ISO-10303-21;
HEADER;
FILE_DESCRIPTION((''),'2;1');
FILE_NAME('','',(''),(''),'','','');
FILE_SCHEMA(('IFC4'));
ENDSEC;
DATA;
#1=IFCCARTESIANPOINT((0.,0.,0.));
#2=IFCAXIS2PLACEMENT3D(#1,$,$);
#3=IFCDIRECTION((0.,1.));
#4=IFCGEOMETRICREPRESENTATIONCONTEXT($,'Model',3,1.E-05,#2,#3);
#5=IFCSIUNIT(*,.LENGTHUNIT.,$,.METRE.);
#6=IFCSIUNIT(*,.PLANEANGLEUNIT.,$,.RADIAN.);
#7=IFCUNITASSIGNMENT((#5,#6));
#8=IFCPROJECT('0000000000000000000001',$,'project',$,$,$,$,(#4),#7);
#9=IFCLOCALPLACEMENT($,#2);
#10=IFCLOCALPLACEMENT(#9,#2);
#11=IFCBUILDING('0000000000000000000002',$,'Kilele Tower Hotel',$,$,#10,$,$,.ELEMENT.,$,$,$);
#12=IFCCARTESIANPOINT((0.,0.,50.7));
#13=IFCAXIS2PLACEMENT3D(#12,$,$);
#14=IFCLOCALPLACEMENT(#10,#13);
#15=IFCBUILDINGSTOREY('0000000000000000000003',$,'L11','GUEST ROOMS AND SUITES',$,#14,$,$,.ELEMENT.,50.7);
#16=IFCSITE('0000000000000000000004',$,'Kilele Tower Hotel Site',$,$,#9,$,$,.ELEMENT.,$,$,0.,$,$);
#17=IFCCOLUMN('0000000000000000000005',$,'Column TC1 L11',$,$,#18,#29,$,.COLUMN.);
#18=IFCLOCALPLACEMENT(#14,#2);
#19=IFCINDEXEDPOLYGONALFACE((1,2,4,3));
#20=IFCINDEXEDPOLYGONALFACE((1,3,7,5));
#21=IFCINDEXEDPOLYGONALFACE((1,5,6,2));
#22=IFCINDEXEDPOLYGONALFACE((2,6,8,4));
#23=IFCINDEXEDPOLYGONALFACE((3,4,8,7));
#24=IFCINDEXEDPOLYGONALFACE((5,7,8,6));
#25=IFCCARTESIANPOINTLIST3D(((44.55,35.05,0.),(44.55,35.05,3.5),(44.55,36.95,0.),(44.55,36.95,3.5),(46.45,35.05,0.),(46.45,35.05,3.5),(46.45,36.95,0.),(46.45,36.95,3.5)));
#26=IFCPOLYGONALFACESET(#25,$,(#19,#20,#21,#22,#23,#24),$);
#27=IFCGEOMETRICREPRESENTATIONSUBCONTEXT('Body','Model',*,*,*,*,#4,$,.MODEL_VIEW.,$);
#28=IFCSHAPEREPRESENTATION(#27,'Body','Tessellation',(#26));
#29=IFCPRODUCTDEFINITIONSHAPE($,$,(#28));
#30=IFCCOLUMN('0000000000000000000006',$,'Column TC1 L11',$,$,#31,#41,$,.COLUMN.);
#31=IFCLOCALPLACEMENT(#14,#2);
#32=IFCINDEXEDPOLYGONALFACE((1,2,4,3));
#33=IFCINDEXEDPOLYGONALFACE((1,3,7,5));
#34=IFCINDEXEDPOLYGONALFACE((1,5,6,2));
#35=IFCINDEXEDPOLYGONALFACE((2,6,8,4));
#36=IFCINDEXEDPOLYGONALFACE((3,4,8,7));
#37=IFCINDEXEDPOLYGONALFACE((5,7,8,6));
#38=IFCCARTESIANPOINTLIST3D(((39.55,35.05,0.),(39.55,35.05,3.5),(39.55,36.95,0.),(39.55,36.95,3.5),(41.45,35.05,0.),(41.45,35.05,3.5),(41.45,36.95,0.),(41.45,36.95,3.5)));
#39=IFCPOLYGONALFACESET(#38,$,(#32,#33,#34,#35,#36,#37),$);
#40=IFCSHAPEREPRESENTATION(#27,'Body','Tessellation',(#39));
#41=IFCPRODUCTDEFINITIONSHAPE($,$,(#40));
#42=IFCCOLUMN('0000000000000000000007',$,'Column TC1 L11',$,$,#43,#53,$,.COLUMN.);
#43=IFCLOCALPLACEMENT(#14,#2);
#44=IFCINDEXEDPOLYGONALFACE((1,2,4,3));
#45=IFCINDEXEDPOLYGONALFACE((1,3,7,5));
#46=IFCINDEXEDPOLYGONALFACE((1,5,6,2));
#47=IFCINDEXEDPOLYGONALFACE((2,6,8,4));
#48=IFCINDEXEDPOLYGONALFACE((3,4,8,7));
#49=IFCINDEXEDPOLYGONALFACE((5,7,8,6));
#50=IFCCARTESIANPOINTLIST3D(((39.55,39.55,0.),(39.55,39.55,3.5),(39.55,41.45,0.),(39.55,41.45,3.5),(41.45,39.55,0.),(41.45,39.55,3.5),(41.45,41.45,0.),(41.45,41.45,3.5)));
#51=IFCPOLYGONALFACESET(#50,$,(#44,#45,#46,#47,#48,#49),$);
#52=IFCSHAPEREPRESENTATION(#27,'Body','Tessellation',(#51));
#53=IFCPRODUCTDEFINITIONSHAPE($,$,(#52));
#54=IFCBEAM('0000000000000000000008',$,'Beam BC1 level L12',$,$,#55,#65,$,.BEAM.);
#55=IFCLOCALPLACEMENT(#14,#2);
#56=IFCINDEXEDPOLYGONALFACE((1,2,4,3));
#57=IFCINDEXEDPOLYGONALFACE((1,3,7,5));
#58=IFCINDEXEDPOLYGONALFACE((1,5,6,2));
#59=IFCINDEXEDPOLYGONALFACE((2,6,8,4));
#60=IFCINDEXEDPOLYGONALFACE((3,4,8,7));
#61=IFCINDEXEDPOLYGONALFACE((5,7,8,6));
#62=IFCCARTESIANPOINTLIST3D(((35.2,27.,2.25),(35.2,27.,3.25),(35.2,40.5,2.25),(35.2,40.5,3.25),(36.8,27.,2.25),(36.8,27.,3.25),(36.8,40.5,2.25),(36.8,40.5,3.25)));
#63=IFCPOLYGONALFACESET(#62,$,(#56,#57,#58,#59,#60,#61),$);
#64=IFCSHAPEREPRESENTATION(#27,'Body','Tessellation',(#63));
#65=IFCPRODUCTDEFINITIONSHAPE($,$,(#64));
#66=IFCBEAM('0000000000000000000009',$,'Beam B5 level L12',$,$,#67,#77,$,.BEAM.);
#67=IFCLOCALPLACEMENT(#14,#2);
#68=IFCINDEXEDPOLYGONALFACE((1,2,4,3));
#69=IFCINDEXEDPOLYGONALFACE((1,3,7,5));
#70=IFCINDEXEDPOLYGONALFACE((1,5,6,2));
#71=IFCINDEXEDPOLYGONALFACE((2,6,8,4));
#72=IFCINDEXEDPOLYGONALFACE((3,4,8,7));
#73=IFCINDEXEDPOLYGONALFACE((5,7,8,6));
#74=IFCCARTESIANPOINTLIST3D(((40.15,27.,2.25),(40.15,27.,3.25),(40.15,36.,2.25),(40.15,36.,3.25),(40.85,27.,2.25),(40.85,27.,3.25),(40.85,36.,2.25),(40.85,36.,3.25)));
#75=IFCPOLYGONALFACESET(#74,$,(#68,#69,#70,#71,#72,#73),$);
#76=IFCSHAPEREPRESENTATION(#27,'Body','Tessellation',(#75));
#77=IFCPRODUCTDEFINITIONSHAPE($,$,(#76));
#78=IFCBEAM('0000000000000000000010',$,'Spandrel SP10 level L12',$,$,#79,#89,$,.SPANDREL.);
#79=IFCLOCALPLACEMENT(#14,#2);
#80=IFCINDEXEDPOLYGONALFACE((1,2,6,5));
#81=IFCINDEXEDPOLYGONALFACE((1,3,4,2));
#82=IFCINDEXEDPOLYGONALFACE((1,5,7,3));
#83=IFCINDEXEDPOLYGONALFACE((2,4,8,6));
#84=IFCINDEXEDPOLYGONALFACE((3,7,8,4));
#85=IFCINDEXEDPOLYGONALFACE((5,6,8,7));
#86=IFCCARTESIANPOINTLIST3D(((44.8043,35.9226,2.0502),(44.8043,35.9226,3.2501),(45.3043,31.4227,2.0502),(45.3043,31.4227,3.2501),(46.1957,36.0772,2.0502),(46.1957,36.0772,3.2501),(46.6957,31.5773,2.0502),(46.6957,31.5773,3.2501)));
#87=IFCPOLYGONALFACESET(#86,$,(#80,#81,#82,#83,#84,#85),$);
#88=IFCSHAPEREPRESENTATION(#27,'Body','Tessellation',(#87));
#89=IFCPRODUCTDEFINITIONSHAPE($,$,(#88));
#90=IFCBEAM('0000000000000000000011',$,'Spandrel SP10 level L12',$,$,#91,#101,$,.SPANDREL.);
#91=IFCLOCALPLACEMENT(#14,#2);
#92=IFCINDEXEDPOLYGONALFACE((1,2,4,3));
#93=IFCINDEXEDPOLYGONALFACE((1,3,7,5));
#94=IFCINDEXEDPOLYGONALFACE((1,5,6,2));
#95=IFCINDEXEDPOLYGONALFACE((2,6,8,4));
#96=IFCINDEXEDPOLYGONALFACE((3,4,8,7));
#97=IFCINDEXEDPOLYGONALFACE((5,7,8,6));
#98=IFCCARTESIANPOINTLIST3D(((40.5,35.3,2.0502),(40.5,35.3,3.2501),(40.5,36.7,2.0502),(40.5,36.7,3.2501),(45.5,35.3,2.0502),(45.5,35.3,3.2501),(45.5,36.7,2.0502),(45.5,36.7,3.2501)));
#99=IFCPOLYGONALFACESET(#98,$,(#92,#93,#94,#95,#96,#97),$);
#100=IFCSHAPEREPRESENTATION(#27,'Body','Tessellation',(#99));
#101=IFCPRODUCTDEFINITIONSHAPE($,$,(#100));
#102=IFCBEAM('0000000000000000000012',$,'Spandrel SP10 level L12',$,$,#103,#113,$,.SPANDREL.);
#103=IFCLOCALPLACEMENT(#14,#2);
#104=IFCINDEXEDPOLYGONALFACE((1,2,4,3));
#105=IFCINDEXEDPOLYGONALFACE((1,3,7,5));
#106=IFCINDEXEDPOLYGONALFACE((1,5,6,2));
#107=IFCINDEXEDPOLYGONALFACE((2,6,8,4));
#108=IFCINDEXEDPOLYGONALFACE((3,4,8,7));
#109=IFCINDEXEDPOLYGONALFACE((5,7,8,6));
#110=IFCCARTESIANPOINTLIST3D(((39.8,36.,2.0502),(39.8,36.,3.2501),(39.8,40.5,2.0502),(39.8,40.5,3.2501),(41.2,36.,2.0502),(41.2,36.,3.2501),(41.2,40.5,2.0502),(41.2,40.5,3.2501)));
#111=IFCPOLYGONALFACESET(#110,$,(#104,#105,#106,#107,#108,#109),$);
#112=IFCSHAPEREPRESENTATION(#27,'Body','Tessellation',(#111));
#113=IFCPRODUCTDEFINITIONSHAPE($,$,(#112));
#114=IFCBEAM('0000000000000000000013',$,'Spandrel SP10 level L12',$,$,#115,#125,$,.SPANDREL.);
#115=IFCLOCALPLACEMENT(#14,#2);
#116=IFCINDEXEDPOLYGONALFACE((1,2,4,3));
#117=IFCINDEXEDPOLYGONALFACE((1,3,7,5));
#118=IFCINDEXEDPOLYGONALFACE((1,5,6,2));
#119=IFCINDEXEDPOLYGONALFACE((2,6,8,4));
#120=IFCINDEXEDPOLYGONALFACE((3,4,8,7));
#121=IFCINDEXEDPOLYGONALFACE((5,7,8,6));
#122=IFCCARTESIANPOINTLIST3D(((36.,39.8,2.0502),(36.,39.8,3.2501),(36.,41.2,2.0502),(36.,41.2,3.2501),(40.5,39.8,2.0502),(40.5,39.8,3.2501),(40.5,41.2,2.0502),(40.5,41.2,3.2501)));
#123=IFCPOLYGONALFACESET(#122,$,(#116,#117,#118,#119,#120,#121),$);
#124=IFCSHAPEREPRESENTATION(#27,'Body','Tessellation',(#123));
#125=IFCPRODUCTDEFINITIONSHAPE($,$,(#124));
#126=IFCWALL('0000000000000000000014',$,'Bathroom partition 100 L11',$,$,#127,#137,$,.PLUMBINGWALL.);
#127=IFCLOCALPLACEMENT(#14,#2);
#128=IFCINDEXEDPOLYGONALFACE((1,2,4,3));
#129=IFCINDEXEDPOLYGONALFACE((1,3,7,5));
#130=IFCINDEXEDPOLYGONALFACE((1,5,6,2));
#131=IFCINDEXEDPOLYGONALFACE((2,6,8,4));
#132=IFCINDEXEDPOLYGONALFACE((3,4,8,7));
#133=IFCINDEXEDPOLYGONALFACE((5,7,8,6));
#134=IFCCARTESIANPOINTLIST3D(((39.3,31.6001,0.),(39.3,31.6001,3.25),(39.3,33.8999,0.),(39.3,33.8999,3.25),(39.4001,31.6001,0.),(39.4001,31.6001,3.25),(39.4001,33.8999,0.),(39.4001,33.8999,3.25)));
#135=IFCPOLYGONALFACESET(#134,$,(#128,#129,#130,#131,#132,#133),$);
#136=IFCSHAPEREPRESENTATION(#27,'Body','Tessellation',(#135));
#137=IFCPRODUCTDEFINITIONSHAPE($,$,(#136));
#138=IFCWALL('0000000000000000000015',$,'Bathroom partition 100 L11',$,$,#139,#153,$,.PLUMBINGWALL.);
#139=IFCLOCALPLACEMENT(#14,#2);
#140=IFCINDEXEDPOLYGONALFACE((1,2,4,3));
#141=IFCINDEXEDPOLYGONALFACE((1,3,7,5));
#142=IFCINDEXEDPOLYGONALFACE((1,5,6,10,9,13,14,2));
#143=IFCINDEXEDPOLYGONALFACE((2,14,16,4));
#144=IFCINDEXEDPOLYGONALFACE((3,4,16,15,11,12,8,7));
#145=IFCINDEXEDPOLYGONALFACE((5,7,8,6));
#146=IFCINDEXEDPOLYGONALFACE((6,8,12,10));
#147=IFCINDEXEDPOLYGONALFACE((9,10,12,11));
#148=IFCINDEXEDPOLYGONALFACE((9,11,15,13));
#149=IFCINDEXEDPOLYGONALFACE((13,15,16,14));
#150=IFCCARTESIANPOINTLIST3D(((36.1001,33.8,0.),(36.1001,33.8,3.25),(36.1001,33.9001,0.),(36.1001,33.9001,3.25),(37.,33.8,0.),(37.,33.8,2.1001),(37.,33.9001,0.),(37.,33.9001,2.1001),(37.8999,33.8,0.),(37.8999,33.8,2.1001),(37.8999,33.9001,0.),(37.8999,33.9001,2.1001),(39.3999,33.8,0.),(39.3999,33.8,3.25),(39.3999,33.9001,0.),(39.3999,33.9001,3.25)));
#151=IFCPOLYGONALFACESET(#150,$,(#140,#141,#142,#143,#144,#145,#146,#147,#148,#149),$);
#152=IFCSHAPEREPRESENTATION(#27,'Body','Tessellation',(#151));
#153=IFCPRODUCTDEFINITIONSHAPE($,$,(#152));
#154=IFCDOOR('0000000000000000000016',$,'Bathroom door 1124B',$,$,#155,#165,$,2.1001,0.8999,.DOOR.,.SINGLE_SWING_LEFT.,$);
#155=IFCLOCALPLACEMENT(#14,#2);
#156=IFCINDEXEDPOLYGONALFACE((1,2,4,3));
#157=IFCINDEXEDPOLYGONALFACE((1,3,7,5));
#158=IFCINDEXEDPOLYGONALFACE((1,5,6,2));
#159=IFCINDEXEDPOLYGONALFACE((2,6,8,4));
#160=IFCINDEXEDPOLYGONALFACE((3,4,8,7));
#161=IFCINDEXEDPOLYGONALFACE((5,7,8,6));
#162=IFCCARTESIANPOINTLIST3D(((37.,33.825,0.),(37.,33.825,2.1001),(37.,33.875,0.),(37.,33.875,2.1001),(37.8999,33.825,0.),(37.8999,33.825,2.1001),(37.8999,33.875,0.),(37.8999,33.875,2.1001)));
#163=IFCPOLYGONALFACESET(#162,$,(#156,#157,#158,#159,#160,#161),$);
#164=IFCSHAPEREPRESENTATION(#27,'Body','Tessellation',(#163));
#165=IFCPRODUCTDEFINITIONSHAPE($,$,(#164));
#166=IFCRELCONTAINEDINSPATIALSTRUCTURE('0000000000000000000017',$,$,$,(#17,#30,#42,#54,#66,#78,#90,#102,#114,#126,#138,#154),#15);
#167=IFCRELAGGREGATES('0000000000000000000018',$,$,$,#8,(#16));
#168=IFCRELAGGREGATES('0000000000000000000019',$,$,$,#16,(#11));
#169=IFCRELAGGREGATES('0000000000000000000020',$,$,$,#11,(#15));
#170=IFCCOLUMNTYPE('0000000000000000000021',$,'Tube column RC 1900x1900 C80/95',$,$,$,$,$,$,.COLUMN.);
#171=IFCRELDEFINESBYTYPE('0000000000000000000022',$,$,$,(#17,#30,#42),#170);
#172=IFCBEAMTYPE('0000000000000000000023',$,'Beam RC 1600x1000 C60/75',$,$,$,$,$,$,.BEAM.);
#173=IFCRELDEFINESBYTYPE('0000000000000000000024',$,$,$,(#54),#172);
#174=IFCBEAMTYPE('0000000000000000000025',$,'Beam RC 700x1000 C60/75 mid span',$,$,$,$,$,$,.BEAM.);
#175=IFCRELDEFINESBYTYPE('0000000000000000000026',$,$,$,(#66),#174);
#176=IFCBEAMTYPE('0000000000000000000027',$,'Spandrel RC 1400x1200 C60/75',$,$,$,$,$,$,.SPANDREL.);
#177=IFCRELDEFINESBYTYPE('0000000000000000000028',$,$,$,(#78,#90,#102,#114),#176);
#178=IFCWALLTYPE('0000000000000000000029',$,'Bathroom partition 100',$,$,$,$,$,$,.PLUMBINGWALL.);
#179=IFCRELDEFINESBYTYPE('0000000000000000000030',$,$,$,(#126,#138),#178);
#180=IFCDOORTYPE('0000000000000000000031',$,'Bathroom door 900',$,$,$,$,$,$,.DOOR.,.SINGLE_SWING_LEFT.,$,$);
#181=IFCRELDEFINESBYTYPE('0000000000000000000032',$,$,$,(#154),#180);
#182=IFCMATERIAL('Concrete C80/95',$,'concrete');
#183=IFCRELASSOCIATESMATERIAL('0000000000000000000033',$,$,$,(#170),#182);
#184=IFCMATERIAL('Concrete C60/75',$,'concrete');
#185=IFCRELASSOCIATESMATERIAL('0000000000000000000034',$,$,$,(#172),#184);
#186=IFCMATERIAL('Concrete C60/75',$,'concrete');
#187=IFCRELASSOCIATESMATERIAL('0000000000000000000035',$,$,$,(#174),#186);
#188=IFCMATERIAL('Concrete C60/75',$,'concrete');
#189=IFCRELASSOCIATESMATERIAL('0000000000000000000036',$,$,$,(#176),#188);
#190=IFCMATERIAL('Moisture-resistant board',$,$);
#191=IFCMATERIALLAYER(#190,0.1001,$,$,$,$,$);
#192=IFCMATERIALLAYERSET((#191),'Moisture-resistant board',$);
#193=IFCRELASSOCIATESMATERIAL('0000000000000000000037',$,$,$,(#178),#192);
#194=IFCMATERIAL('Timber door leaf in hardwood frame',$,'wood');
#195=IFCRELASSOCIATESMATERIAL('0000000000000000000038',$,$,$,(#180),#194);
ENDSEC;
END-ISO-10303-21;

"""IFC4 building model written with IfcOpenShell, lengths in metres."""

from ifc_helpers import new_model, si_unit, direction, frame, frame_2d, origin, origin_2d, place, context, subcontext, project, spatial, rectangle, extrude, material, layer, layer_set, material_profile, profile_set, type_object, element, fill, save


model = new_model("IFC4")

# Units and contexts
model_context = context("Model", 3, precision=1e-05, world=origin(), true_north=direction((0.0, 1.0)))
body_context = subcontext(model_context, "Body", "Model", "MODEL_VIEW")
ifc_project = project(units=[si_unit("LENGTHUNIT", "METRE"), si_unit("PLANEANGLEUNIT", "RADIAN")], contexts=[model_context])

# Site, building, storey
site_placement = place(None, origin())
site = spatial("IfcSite", under=ifc_project, at=site_placement, Name="Kilele Tower Hotel Site", CompositionType="ELEMENT", RefElevation=0.0)
building_placement = place(site_placement, origin())
building = spatial("IfcBuilding", under=site, at=building_placement, Name="Kilele Tower Hotel", CompositionType="ELEMENT")
storey_placement = place(building_placement, frame((0.0, 0.0, 50.7)))
storey = spatial("IfcBuildingStorey", under=building, at=storey_placement, Name="L11", Description="GUEST ROOMS AND SUITES", CompositionType="ELEMENT", Elevation=50.7)

# Columns
ifc_material_1 = material(Name="Concrete C80/95", Category="concrete")
ifc_material_profile_1 = material_profile(ifc_material_1, rectangle(XDim=1.8999, YDim=1.8999, at=origin_2d()))
ifc_profile_set_1 = profile_set([ifc_material_profile_1], Name="Concrete C80/95")
column_type = type_object("IfcColumnType", Name="Tube column RC 1900x1900 C80/95", PredefinedType="COLUMN", material=ifc_profile_set_1)
for number, where, z_axis, x_axis, name in (
    (1, (45.5, 36.0, 0.0), (0.0, 0.0, 1.0), (1.0, 0.0, 0.0), "Column TC1 L11"),
    (2, (40.5, 36.0, 0.0), (0.0, 0.0, 1.0), (1.0, 0.0, 0.0), "Column TC1 L11"),
    (3, (40.5, 40.5, 0.0), (0.0, 0.0, 1.0), (1.0, 0.0, 0.0), "Column TC1 L11"),
):
    element("IfcColumn", number, at=place(storey_placement, frame(where, z_axis=z_axis, x_axis=x_axis)), inside=storey, type_object=column_type, Name=name, PredefinedType="COLUMN", context=body_context, shape_type="SweptSolid", body=[
        extrude(rectangle(XDim=1.8999, YDim=1.8999, at=origin_2d()), origin(), (0.0, 0.0, 1.0), 3.5),
    ])

# Beams
ifc_material_2 = material(Name="Concrete C60/75", Category="concrete")
ifc_material_profile_2 = material_profile(ifc_material_2, rectangle(XDim=1.6001, YDim=1.0, at=origin_2d()))
ifc_profile_set_2 = profile_set([ifc_material_profile_2], Name="Concrete C60/75")
beam_type_1 = type_object("IfcBeamType", Name="Beam RC 1600x1000 C60/75", PredefinedType="BEAM", material=ifc_profile_set_2)
beam_1_placement = place(storey_placement, frame((36.0, 40.5, 2.75), z_axis=(0.0, -1.0, 0.0), x_axis=(1.0, 0.0, 0.0)))
element("IfcBeam", 4, at=beam_1_placement, inside=storey, type_object=beam_type_1, Name="Beam BC1 level L12", PredefinedType="BEAM", context=body_context, shape_type="SweptSolid", body=[
    extrude(rectangle(XDim=1.6001, YDim=1.0, at=origin_2d()), origin(), (0.0, 0.0, 1.0), 13.5),
])
ifc_material_3 = material(Name="Concrete C60/75", Category="concrete")
ifc_material_profile_3 = material_profile(ifc_material_3, rectangle(XDim=0.7, YDim=1.0, at=origin_2d()))
ifc_profile_set_3 = profile_set([ifc_material_profile_3], Name="Concrete C60/75")
beam_type_2 = type_object("IfcBeamType", Name="Beam RC 700x1000 C60/75 mid span", PredefinedType="BEAM", material=ifc_profile_set_3)
beam_2_placement = place(storey_placement, frame((40.5, 36.0, 2.75), z_axis=(0.0, -1.0, 0.0), x_axis=(1.0, 0.0, 0.0)))
element("IfcBeam", 5, at=beam_2_placement, inside=storey, type_object=beam_type_2, Name="Beam B5 level L12", PredefinedType="BEAM", context=body_context, shape_type="SweptSolid", body=[
    extrude(rectangle(XDim=0.7, YDim=1.0, at=origin_2d()), origin(), (0.0, 0.0, 1.0), 9.0),
])
ifc_material_4 = material(Name="Concrete C60/75", Category="concrete")
ifc_material_profile_4 = material_profile(ifc_material_4, rectangle(XDim=1.3999, YDim=1.2, at=origin_2d()))
ifc_profile_set_4 = profile_set([ifc_material_profile_4], Name="Concrete C60/75")
beam_type_3 = type_object("IfcBeamType", Name="Spandrel RC 1400x1200 C60/75", PredefinedType="SPANDREL", material=ifc_profile_set_4)
beam_3_placement = place(storey_placement, frame((46.0, 31.5, 2.6501), z_axis=(-0.110432, 0.993884, 0.0), x_axis=(-0.993884, -0.110432, 0.0)))
element("IfcBeam", 6, at=beam_3_placement, inside=storey, type_object=beam_type_3, Name="Spandrel SP10 level L12", PredefinedType="SPANDREL", context=body_context, shape_type="SweptSolid", body=[
    extrude(rectangle(XDim=1.3999, YDim=1.2, at=origin_2d()), origin(), (0.0, 0.0, 1.0), 4.5276),
])
beam_4_placement = place(storey_placement, frame((45.5, 36.0, 2.6501), z_axis=(-1.0, 0.0, 0.0), x_axis=(0.0, -1.0, 0.0)))
element("IfcBeam", 7, at=beam_4_placement, inside=storey, type_object=beam_type_3, Name="Spandrel SP10 level L12", PredefinedType="SPANDREL", context=body_context, shape_type="SweptSolid", body=[
    extrude(rectangle(XDim=1.3999, YDim=1.2, at=origin_2d()), origin(), (0.0, 0.0, 1.0), 5.0),
])
for number, where, z_axis, x_axis, name in (
    (8, (40.5, 36.0, 2.6501), (0.0, 1.0, 0.0), (-1.0, 0.0, 0.0), "Spandrel SP10 level L12"),
    (9, (40.5, 40.5, 2.6501), (-1.0, 0.0, 0.0), (0.0, -1.0, 0.0), "Spandrel SP10 level L12"),
):
    element("IfcBeam", number, at=place(storey_placement, frame(where, z_axis=z_axis, x_axis=x_axis)), inside=storey, type_object=beam_type_3, Name=name, PredefinedType="SPANDREL", context=body_context, shape_type="SweptSolid", body=[
        extrude(rectangle(XDim=1.3999, YDim=1.2, at=origin_2d()), origin(), (0.0, 0.0, 1.0), 4.5),
    ])

# Wall
ifc_material_5 = material(Name="Moisture-resistant board")
ifc_layer_1 = layer(ifc_material_5, 0.1001)
ifc_layer_set_1 = layer_set([ifc_layer_1], Name="Moisture-resistant board")
wall_type_1 = type_object("IfcWallType", Name="Bathroom partition 100", PredefinedType="PLUMBINGWALL", material=ifc_layer_set_1)
wall_1_placement = place(storey_placement, frame((39.3501, 31.6001, 0.0), z_axis=(0.0, 0.0, 1.0), x_axis=(0.0, 1.0, 0.0)))
element("IfcWall", 10, at=wall_1_placement, inside=storey, type_object=wall_type_1, Name="Bathroom partition 100 L11", PredefinedType="PLUMBINGWALL", context=body_context, shape_type="SweptSolid", body=[
    extrude(rectangle(XDim=2.2998, YDim=0.1001, at=frame_2d((1.1499, 0.0))), origin(), (0.0, 0.0, 1.0), 3.25),
])

# Wall, opening, door
wall_2_placement = place(storey_placement, frame((36.1001, 33.8501, 0.0), z_axis=(0.0, 0.0, 1.0), x_axis=(1.0, 0.0, 0.0)))
wall_2 = element("IfcWall", 11, at=wall_2_placement, inside=storey, type_object=wall_type_1, Name="Bathroom partition 100 L11", PredefinedType="PLUMBINGWALL", context=body_context, shape_type="SweptSolid", body=[
    extrude(rectangle(XDim=3.2998, YDim=0.1001, at=frame_2d((1.6499, 0.0))), origin(), (0.0, 0.0, 1.0), 3.25),
])
opening_1_placement = place(wall_2_placement, frame((0.8999, 0.0, 0.0)))
opening_1 = element("IfcOpeningElement", 12, at=opening_1_placement, cuts=wall_2, PredefinedType="OPENING", context=body_context, shape_type="SweptSolid", body=[
    extrude(rectangle(XDim=0.8999, YDim=2.1001, at=frame_2d((0.45, 1.05))), frame((0.0, 0.0601, 0.0), z_axis=(0.0, -1.0, 0.0), x_axis=(1.0, 0.0, 0.0)), (0.0, 0.0, 1.0), 0.1201),
])
ifc_material_6 = material(Name="Timber door leaf in hardwood frame", Category="wood")
door_type_1 = type_object("IfcDoorType", Name="Bathroom door 900", OperationType="SINGLE_SWING_LEFT", PredefinedType="DOOR", material=ifc_material_6)
door_1_placement = place(opening_1_placement, origin())
door_1 = element("IfcDoor", 13, at=door_1_placement, inside=storey, type_object=door_type_1, Name="Bathroom door 1124B", OperationType="SINGLE_SWING_LEFT", OverallHeight=2.1001, OverallWidth=0.8999, PredefinedType="DOOR", context=body_context, shape_type="SweptSolid", body=[
    extrude(rectangle(XDim=0.8999, YDim=2.1001, at=frame_2d((0.45, 1.05))), frame((0.0, 0.0249, 0.0), z_axis=(0.0, -1.0, 0.0), x_axis=(1.0, 0.0, 0.0)), (0.0, 0.0, 1.0), 0.05),
])
fill(opening_1, door_1)

save(model, "model.ifc")
